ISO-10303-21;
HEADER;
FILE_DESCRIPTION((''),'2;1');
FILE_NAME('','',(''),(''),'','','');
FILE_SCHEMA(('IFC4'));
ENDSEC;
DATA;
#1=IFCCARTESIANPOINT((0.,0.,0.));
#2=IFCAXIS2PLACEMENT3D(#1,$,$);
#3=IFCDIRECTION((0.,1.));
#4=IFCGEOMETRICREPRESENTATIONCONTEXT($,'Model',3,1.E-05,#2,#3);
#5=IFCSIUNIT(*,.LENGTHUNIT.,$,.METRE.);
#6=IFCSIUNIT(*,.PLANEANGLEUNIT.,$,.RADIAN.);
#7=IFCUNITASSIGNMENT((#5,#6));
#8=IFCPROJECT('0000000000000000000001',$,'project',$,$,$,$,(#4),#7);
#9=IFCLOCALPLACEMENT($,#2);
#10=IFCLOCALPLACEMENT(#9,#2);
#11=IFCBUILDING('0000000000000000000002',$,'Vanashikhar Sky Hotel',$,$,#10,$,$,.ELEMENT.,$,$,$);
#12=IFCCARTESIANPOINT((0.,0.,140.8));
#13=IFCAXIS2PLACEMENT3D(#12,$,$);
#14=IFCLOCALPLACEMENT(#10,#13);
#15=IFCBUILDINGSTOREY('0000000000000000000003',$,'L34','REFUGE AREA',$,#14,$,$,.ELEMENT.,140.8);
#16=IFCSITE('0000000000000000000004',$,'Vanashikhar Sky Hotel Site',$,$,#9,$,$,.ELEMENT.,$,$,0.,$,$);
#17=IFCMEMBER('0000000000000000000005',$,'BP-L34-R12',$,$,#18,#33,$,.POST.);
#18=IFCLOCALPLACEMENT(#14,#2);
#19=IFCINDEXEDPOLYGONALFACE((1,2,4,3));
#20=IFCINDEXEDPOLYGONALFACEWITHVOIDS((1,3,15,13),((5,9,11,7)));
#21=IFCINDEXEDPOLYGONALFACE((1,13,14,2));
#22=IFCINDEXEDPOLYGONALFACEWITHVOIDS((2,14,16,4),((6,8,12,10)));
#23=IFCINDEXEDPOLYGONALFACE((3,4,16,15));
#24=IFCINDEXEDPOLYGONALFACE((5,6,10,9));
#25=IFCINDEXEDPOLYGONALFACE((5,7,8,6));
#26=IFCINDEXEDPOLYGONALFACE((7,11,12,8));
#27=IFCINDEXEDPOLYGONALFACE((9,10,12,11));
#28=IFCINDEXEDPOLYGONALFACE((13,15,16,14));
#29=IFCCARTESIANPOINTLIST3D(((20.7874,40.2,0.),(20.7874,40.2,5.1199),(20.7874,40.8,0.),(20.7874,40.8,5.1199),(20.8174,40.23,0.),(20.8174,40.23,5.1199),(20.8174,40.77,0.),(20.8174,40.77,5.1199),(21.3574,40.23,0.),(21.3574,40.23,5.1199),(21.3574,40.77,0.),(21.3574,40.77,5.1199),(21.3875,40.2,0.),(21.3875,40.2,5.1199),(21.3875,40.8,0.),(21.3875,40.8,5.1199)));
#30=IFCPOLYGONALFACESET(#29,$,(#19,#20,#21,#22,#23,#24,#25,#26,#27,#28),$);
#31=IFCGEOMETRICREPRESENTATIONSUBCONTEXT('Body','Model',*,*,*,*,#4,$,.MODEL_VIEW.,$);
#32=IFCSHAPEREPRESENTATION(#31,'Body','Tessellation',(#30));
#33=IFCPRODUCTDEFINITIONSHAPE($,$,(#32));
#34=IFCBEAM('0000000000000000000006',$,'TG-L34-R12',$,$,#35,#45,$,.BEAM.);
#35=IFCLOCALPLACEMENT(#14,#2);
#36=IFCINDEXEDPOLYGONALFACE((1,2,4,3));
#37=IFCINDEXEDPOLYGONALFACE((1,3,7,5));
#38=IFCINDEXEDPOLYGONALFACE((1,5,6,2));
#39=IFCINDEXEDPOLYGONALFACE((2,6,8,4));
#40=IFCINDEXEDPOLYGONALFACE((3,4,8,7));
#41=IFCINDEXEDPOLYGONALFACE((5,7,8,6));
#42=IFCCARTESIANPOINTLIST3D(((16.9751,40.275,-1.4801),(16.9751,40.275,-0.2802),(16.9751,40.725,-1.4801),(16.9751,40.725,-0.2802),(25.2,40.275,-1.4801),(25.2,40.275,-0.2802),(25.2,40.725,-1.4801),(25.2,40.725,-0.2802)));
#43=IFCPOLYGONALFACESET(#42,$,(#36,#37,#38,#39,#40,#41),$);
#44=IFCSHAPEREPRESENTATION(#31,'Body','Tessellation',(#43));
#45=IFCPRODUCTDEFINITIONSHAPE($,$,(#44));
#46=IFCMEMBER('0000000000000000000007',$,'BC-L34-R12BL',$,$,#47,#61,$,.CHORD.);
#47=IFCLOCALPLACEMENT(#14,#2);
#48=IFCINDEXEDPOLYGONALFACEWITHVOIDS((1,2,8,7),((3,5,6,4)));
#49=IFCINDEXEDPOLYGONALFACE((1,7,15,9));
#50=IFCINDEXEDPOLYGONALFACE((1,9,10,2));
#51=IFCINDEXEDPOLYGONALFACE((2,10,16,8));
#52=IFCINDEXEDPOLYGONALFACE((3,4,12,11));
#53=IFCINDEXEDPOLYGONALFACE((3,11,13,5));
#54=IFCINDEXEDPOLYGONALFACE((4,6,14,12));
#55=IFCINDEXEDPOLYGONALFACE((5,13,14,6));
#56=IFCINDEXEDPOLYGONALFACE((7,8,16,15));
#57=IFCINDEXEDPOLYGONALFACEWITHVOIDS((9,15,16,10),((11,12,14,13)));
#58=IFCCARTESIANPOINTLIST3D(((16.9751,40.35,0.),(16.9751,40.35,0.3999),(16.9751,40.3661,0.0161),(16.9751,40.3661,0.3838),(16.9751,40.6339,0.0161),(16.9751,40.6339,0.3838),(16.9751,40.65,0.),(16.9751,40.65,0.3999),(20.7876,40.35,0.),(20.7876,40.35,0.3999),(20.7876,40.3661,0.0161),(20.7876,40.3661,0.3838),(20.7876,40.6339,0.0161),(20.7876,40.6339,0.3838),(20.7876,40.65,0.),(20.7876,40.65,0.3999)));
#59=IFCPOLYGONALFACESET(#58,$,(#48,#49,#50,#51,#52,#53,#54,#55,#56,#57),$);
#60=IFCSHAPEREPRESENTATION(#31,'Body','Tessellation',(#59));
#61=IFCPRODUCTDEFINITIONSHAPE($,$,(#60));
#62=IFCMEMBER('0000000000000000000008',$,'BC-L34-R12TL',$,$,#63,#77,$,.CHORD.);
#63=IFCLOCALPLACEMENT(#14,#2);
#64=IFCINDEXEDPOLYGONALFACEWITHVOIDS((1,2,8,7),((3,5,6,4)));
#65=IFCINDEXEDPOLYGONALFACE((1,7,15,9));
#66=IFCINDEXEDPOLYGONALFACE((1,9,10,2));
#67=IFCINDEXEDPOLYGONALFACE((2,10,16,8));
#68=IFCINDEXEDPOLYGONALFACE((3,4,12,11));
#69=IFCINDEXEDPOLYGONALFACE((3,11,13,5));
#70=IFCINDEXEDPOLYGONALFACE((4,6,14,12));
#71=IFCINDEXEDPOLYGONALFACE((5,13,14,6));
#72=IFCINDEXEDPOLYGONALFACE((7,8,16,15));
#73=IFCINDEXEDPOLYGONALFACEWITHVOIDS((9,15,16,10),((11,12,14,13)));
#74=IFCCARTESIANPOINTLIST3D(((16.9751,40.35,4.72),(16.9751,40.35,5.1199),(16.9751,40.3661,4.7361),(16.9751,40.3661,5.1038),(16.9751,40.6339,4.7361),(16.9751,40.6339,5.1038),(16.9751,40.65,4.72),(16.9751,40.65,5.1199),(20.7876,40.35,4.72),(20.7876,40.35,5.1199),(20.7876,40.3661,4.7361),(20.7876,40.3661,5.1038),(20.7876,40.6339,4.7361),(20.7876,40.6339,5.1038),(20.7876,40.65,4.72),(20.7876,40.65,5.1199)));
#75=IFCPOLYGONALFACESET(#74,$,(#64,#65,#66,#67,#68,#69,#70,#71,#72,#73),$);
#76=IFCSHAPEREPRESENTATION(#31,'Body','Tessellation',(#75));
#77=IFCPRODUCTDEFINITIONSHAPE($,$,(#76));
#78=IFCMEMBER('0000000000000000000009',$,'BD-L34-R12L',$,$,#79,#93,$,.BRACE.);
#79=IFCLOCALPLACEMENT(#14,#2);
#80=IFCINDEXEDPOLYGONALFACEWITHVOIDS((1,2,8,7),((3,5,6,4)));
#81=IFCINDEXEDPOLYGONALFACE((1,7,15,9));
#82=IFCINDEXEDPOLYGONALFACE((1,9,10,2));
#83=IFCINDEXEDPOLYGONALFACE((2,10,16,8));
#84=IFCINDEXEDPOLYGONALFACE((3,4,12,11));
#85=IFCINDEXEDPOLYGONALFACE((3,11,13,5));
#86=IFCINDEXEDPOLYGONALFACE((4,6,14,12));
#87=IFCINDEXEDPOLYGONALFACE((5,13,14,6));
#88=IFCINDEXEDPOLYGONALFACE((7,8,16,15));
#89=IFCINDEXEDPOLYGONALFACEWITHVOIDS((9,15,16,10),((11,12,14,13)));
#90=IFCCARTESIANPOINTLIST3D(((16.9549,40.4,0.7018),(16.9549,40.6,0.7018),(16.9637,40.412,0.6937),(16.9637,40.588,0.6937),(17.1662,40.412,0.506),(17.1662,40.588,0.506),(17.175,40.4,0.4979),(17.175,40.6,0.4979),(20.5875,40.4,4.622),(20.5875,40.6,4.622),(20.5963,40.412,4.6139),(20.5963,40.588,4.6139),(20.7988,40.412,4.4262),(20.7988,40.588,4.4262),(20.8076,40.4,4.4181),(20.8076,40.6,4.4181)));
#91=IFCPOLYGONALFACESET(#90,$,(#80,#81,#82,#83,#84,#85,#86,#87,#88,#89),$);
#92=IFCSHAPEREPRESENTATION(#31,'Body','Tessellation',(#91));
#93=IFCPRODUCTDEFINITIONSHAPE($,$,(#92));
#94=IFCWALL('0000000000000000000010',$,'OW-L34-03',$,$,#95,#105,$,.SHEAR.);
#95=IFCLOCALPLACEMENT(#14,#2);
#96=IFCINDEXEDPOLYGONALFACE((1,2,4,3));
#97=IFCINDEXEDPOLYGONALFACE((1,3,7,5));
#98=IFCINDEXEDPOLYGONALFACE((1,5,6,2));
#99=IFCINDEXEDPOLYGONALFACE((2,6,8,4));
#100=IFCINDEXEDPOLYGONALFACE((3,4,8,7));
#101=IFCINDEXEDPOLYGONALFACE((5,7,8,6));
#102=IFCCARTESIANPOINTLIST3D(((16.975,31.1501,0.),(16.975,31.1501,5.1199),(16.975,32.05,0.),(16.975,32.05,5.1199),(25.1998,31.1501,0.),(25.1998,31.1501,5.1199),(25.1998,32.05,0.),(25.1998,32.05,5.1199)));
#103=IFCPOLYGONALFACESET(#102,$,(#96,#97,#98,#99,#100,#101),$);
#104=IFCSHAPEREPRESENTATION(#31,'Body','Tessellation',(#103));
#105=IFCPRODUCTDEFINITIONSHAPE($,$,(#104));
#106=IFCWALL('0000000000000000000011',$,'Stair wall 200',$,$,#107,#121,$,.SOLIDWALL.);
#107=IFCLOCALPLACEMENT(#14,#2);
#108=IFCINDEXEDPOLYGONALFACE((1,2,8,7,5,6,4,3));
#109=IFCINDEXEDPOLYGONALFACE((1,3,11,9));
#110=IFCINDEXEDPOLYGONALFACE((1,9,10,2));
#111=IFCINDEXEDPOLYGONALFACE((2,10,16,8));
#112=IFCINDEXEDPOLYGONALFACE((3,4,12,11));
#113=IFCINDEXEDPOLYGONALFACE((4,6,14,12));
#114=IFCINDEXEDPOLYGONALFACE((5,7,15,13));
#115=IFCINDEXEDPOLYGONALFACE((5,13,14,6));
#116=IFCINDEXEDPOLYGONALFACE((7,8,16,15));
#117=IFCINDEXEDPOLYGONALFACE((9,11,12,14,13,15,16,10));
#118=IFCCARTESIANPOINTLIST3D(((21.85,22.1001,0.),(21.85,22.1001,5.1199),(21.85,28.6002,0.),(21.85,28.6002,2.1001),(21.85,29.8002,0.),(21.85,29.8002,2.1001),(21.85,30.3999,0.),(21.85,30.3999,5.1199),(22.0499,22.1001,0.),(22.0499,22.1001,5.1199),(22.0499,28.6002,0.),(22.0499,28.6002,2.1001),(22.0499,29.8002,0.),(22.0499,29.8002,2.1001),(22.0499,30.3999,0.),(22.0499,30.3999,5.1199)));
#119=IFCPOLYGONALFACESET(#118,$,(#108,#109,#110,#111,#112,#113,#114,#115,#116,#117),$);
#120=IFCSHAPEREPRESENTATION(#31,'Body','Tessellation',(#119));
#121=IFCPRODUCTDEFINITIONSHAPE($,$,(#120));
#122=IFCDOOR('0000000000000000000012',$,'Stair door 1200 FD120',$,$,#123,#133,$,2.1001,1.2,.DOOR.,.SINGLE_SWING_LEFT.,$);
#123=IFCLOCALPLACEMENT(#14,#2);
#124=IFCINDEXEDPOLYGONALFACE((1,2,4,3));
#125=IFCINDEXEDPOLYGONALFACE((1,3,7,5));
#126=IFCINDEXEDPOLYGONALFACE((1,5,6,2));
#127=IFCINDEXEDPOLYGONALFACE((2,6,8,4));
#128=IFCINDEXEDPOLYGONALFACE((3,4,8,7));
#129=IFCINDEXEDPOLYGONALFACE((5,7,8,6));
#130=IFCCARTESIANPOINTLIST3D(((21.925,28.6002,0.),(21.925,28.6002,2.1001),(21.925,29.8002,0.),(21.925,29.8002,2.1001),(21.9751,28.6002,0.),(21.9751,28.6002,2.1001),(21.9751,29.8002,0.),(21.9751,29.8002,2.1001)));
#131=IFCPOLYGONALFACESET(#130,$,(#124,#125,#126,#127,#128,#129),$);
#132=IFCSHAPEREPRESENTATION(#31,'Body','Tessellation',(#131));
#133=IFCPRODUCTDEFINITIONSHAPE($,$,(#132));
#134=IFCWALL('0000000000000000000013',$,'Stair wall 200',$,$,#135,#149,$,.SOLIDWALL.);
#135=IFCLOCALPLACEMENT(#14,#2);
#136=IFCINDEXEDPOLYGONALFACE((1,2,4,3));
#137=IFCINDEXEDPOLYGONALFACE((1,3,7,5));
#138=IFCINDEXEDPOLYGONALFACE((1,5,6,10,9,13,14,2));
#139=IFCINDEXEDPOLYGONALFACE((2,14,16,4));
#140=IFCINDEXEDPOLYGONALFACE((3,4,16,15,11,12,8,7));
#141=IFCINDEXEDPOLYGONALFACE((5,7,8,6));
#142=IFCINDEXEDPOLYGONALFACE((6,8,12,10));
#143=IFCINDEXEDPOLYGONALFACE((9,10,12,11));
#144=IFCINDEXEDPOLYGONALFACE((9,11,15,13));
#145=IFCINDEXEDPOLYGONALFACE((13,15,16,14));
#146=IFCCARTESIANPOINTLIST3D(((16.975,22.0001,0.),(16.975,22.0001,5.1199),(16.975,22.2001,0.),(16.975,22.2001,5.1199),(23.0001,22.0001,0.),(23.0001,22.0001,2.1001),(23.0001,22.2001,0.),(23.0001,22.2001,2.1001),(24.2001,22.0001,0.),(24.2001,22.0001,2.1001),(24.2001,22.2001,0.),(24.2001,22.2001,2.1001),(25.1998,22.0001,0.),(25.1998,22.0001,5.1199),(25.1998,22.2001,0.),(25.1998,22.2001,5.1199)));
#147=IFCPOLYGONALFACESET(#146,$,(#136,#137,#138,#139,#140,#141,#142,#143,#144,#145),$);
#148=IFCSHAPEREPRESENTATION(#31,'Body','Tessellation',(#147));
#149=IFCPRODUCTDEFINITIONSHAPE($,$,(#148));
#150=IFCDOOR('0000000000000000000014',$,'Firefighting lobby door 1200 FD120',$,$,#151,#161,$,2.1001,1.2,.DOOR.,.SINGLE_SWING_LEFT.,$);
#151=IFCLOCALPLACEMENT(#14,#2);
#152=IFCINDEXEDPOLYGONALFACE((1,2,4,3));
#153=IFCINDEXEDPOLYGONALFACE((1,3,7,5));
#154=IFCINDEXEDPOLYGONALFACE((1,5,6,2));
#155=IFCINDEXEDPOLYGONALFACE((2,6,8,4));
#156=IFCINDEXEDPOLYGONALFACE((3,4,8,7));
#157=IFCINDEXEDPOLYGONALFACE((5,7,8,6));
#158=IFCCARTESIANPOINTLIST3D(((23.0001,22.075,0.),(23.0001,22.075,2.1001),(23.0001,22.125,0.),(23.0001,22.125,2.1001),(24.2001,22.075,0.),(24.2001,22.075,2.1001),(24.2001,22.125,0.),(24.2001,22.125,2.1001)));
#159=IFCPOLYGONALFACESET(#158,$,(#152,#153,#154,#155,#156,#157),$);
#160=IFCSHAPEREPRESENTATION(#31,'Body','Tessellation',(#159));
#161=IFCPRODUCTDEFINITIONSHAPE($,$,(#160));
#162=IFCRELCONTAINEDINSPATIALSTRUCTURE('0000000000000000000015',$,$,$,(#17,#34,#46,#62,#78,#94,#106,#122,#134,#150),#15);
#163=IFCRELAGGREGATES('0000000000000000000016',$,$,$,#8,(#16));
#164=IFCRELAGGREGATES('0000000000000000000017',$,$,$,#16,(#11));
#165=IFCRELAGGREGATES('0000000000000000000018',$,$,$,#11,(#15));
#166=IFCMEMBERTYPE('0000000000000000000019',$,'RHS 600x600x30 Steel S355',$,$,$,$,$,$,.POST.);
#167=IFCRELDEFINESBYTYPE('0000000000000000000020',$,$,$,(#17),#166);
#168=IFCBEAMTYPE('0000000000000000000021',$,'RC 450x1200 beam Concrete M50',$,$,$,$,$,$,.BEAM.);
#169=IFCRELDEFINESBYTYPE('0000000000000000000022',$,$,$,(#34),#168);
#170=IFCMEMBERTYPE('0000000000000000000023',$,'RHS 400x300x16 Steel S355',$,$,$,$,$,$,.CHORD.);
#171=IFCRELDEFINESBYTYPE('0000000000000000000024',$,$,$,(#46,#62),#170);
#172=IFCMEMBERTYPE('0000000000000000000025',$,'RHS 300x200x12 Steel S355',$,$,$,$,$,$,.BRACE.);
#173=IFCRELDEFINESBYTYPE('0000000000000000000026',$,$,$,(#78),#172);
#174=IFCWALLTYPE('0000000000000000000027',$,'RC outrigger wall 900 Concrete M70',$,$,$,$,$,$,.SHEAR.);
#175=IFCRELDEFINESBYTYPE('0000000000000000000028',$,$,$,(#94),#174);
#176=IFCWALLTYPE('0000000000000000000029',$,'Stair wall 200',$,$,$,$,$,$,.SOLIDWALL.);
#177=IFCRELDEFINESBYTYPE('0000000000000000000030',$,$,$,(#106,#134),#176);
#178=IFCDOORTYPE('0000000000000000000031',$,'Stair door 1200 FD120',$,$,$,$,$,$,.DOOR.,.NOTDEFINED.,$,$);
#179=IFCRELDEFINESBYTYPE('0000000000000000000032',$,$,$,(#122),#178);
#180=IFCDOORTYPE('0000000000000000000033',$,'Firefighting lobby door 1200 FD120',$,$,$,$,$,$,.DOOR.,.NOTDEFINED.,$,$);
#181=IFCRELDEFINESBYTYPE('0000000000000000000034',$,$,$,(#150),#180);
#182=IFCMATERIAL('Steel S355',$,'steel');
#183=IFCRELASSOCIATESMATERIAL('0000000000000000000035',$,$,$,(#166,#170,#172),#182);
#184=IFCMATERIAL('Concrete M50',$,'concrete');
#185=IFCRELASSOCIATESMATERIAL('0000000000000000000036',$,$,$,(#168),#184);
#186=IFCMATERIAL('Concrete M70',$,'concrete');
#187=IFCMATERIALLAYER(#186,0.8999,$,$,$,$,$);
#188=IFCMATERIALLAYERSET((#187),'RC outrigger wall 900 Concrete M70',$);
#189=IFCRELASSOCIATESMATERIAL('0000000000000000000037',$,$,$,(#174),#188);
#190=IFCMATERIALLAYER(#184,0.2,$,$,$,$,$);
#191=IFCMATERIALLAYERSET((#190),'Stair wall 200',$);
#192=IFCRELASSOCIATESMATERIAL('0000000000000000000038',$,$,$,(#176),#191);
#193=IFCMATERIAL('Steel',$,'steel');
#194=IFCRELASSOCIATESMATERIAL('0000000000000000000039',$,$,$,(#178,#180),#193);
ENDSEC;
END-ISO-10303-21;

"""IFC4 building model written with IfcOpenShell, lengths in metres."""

from ifc_helpers import new_model, si_unit, direction, frame, frame_2d, origin, origin_2d, place, context, subcontext, project, spatial, rectangle, hollow_rectangle, extrude, source, transform, mapped, material, layer, layer_set, material_profile, profile_set, type_object, element, fill, save


model = new_model("IFC4")

# Units and contexts
model_context = context("Model", 3, precision=1e-05, world=origin(), true_north=direction((0.0, 1.0)))
body_context = subcontext(model_context, "Body", "Model", "MODEL_VIEW")
ifc_project = project(units=[si_unit("LENGTHUNIT", "METRE"), si_unit("PLANEANGLEUNIT", "RADIAN")], contexts=[model_context])

# Site, building, storey
site_placement = place(None, origin())
site = spatial("IfcSite", under=ifc_project, at=site_placement, Name="Vanashikhar Sky Hotel Site", CompositionType="ELEMENT", RefElevation=0.0)
building_placement = place(site_placement, origin())
building = spatial("IfcBuilding", under=site, at=building_placement, Name="Vanashikhar Sky Hotel", CompositionType="ELEMENT")
storey_placement = place(building_placement, frame((0.0, 0.0, 140.8)))
storey = spatial("IfcBuildingStorey", under=building, at=storey_placement, Name="L34", Description="REFUGE AREA", CompositionType="ELEMENT", Elevation=140.8)

# Member
ifc_material_1 = material(Name="Steel S355", Category="steel")
ifc_material_profile_1 = material_profile(ifc_material_1, hollow_rectangle(XDim=0.6001, YDim=0.6001, WallThickness=0.03, at=origin_2d()))
ifc_profile_set_1 = profile_set([ifc_material_profile_1], Name="RHS 600x600x30 Steel S355")
member_type_1 = type_object("IfcMemberType", Name="RHS 600x600x30 Steel S355", PredefinedType="POST", material=ifc_profile_set_1)
shared_shape_1 = source(origin(), body_context, "Body", "SweptSolid", [
    extrude(hollow_rectangle(XDim=0.6001, YDim=0.6001, WallThickness=0.03, at=origin_2d()), origin(), (0.0, 0.0, 1.0), 5.1199),
])
member_1_placement = place(storey_placement, frame((21.0874, 40.5, 0.0), z_axis=(0.0, 0.0, 1.0), x_axis=(1.0, 0.0, 0.0)))
element("IfcMember", 1, at=member_1_placement, inside=storey, type_object=member_type_1, Name="BP-L34-R12", PredefinedType="POST", context=body_context, shape_type="MappedRepresentation", body=[
    mapped(shared_shape_1, transform((0.0, 0.0, 0.0), scale=1.0)),
])

# Beam
ifc_material_2 = material(Name="Concrete M50", Category="concrete")
ifc_material_profile_2 = material_profile(ifc_material_2, rectangle(XDim=0.45, YDim=1.2, at=origin_2d()))
ifc_profile_set_2 = profile_set([ifc_material_profile_2], Name="RC 450x1200 beam Concrete M50")
beam_type = type_object("IfcBeamType", Name="RC 450x1200 beam Concrete M50", PredefinedType="BEAM", material=ifc_profile_set_2)
shared_shape_2 = source(origin(), body_context, "Body", "SweptSolid", [
    extrude(rectangle(XDim=0.45, YDim=1.2, at=origin_2d()), origin(), (0.0, 0.0, 1.0), 8.2249),
])
beam_placement = place(storey_placement, frame((16.9751, 40.5, -0.8801), z_axis=(1.0, 0.0, 0.0), x_axis=(0.0, 1.0, 0.0)))
element("IfcBeam", 2, at=beam_placement, inside=storey, type_object=beam_type, Name="TG-L34-R12", PredefinedType="BEAM", context=body_context, shape_type="MappedRepresentation", body=[
    mapped(shared_shape_2, transform((0.0, 0.0, 0.0), scale=1.0)),
])

# Members
ifc_material_profile_3 = material_profile(ifc_material_1, hollow_rectangle(XDim=0.3, YDim=0.3999, WallThickness=0.0161, at=origin_2d()))
ifc_profile_set_3 = profile_set([ifc_material_profile_3], Name="RHS 400x300x16 Steel S355")
member_type_2 = type_object("IfcMemberType", Name="RHS 400x300x16 Steel S355", PredefinedType="CHORD", material=ifc_profile_set_3)
shared_shape_3 = source(origin(), body_context, "Body", "SweptSolid", [
    extrude(hollow_rectangle(XDim=0.3, YDim=0.3999, WallThickness=0.0161, at=origin_2d()), origin(), (0.0, 0.0, 1.0), 3.8125),
])
for number, where, z_axis, x_axis, name in (
    (3, (16.9751, 40.5, 0.2), (1.0, 0.0, 0.0), (0.0, 1.0, 0.0), "BC-L34-R12BL"),
    (4, (16.9751, 40.5, 4.9199), (1.0, 0.0, 0.0), (0.0, 1.0, 0.0), "BC-L34-R12TL"),
):
    element("IfcMember", number, at=place(storey_placement, frame(where, z_axis=z_axis, x_axis=x_axis)), inside=storey, type_object=member_type_2, Name=name, PredefinedType="CHORD", context=body_context, shape_type="MappedRepresentation", body=[
        mapped(shared_shape_3, transform((0.0, 0.0, 0.0), scale=1.0)),
    ])
ifc_material_profile_4 = material_profile(ifc_material_1, hollow_rectangle(XDim=0.2, YDim=0.3, WallThickness=0.012, at=origin_2d()))
ifc_profile_set_4 = profile_set([ifc_material_profile_4], Name="RHS 300x200x12 Steel S355")
member_type_3 = type_object("IfcMemberType", Name="RHS 300x200x12 Steel S355", PredefinedType="BRACE", material=ifc_profile_set_4)
shared_shape_4 = source(origin(), body_context, "Body", "SweptSolid", [
    extrude(hollow_rectangle(XDim=0.2, YDim=0.3, WallThickness=0.012, at=origin_2d()), origin(), (0.0, 0.0, 1.0), 5.3445),
])
member_2_placement = place(storey_placement, frame((17.0649, 40.5, 0.5999), z_axis=(0.679689, 0.0, 0.733501), x_axis=(0.0, 1.0, 0.0)))
element("IfcMember", 5, at=member_2_placement, inside=storey, type_object=member_type_3, Name="BD-L34-R12L", PredefinedType="BRACE", context=body_context, shape_type="MappedRepresentation", body=[
    mapped(shared_shape_4, transform((0.0, 0.0, 0.0), scale=1.0)),
])

# Wall
ifc_material_3 = material(Name="Concrete M70", Category="concrete")
ifc_layer_1 = layer(ifc_material_3, 0.8999)
ifc_layer_set_1 = layer_set([ifc_layer_1], Name="RC outrigger wall 900 Concrete M70")
wall_type_1 = type_object("IfcWallType", Name="RC outrigger wall 900 Concrete M70", PredefinedType="SHEAR", material=ifc_layer_set_1)
shared_shape_5 = source(origin(), body_context, "Body", "SweptSolid", [
    extrude(rectangle(XDim=8.2249, YDim=0.8999, at=frame_2d((4.1123, 0.0))), origin(), (0.0, 0.0, 1.0), 5.1199),
])
wall_1_placement = place(storey_placement, frame((16.9751, 31.6001, 0.0), z_axis=(0.0, 0.0, 1.0), x_axis=(1.0, 0.0, 0.0)))
element("IfcWall", 6, at=wall_1_placement, inside=storey, type_object=wall_type_1, Name="OW-L34-03", PredefinedType="SHEAR", context=body_context, shape_type="MappedRepresentation", body=[
    mapped(shared_shape_5, transform((0.0, 0.0, 0.0), scale=1.0)),
])

# Walls, openings, doors
ifc_layer_2 = layer(ifc_material_2, 0.2)
ifc_layer_set_2 = layer_set([ifc_layer_2], Name="Stair wall 200")
wall_type_2 = type_object("IfcWallType", Name="Stair wall 200", PredefinedType="SOLIDWALL", material=ifc_layer_set_2)
shared_shape_6 = source(origin(), body_context, "Body", "SweptSolid", [
    extrude(rectangle(XDim=8.2998, YDim=0.2, at=frame_2d((4.1499, 0.0))), origin(), (0.0, 0.0, 1.0), 5.1199),
])
wall_2_placement = place(storey_placement, frame((21.95, 22.1001, 0.0), z_axis=(0.0, 0.0, 1.0), x_axis=(0.0, 1.0, 0.0)))
wall_2 = element("IfcWall", 7, at=wall_2_placement, inside=storey, type_object=wall_type_2, Name="Stair wall 200", PredefinedType="SOLIDWALL", context=body_context, shape_type="MappedRepresentation", body=[
    mapped(shared_shape_6, transform((0.0, 0.0, 0.0), scale=1.0)),
])
shared_shape_7 = source(origin(), body_context, "Body", "SweptSolid", [
    extrude(rectangle(XDim=1.2, YDim=2.1001, at=frame_2d((0.6001, 1.05))), frame((0.0, 0.1099, 0.0), z_axis=(0.0, -1.0, 0.0), x_axis=(1.0, 0.0, 0.0)), (0.0, 0.0, 1.0), 0.22),
])
opening_1_placement = place(wall_2_placement, frame((6.5, 0.0, 0.0)))
opening_1 = element("IfcOpeningElement", 8, at=opening_1_placement, cuts=wall_2, PredefinedType="OPENING", context=body_context, shape_type="MappedRepresentation", body=[
    mapped(shared_shape_7, transform((0.0, 0.0, 0.0), scale=1.0)),
])
ifc_material_4 = material(Name="Steel", Category="steel")
door_type_1 = type_object("IfcDoorType", Name="Stair door 1200 FD120", OperationType="NOTDEFINED", PredefinedType="DOOR", material=ifc_material_4)
shared_shape_8 = source(origin(), body_context, "Body", "SweptSolid", [
    extrude(rectangle(XDim=1.2, YDim=2.1001, at=frame_2d((0.6001, 1.05))), frame((0.0, 0.0249, 0.0), z_axis=(0.0, -1.0, 0.0), x_axis=(1.0, 0.0, 0.0)), (0.0, 0.0, 1.0), 0.05),
])
door_1_placement = place(opening_1_placement, origin())
door_1 = element("IfcDoor", 9, at=door_1_placement, inside=storey, type_object=door_type_1, Name="Stair door 1200 FD120", OperationType="SINGLE_SWING_LEFT", OverallHeight=2.1001, OverallWidth=1.2, PredefinedType="DOOR", context=body_context, shape_type="MappedRepresentation", body=[
    mapped(shared_shape_8, transform((0.0, 0.0, 0.0), scale=1.0)),
])
fill(opening_1, door_1)
shared_shape_9 = source(origin(), body_context, "Body", "SweptSolid", [
    extrude(rectangle(XDim=8.2249, YDim=0.2, at=frame_2d((4.1123, 0.0))), origin(), (0.0, 0.0, 1.0), 5.1199),
])
wall_3_placement = place(storey_placement, frame((16.9751, 22.1001, 0.0), z_axis=(0.0, 0.0, 1.0), x_axis=(1.0, 0.0, 0.0)))
wall_3 = element("IfcWall", 10, at=wall_3_placement, inside=storey, type_object=wall_type_2, Name="Stair wall 200", PredefinedType="SOLIDWALL", context=body_context, shape_type="MappedRepresentation", body=[
    mapped(shared_shape_9, transform((0.0, 0.0, 0.0), scale=1.0)),
])
opening_2_placement = place(wall_3_placement, frame((6.0249, 0.0, 0.0)))
opening_2 = element("IfcOpeningElement", 11, at=opening_2_placement, cuts=wall_3, PredefinedType="OPENING", context=body_context, shape_type="MappedRepresentation", body=[
    mapped(shared_shape_7, transform((0.0, 0.0, 0.0), scale=1.0)),
])
door_type_2 = type_object("IfcDoorType", Name="Firefighting lobby door 1200 FD120", OperationType="NOTDEFINED", PredefinedType="DOOR", material=ifc_material_4)
door_2_placement = place(opening_2_placement, origin())
door_2 = element("IfcDoor", 12, at=door_2_placement, inside=storey, type_object=door_type_2, Name="Firefighting lobby door 1200 FD120", OperationType="SINGLE_SWING_LEFT", OverallHeight=2.1001, OverallWidth=1.2, PredefinedType="DOOR", context=body_context, shape_type="MappedRepresentation", body=[
    mapped(shared_shape_8, transform((0.0, 0.0, 0.0), scale=1.0)),
])
fill(opening_2, door_2)

save(model, "model.ifc")
